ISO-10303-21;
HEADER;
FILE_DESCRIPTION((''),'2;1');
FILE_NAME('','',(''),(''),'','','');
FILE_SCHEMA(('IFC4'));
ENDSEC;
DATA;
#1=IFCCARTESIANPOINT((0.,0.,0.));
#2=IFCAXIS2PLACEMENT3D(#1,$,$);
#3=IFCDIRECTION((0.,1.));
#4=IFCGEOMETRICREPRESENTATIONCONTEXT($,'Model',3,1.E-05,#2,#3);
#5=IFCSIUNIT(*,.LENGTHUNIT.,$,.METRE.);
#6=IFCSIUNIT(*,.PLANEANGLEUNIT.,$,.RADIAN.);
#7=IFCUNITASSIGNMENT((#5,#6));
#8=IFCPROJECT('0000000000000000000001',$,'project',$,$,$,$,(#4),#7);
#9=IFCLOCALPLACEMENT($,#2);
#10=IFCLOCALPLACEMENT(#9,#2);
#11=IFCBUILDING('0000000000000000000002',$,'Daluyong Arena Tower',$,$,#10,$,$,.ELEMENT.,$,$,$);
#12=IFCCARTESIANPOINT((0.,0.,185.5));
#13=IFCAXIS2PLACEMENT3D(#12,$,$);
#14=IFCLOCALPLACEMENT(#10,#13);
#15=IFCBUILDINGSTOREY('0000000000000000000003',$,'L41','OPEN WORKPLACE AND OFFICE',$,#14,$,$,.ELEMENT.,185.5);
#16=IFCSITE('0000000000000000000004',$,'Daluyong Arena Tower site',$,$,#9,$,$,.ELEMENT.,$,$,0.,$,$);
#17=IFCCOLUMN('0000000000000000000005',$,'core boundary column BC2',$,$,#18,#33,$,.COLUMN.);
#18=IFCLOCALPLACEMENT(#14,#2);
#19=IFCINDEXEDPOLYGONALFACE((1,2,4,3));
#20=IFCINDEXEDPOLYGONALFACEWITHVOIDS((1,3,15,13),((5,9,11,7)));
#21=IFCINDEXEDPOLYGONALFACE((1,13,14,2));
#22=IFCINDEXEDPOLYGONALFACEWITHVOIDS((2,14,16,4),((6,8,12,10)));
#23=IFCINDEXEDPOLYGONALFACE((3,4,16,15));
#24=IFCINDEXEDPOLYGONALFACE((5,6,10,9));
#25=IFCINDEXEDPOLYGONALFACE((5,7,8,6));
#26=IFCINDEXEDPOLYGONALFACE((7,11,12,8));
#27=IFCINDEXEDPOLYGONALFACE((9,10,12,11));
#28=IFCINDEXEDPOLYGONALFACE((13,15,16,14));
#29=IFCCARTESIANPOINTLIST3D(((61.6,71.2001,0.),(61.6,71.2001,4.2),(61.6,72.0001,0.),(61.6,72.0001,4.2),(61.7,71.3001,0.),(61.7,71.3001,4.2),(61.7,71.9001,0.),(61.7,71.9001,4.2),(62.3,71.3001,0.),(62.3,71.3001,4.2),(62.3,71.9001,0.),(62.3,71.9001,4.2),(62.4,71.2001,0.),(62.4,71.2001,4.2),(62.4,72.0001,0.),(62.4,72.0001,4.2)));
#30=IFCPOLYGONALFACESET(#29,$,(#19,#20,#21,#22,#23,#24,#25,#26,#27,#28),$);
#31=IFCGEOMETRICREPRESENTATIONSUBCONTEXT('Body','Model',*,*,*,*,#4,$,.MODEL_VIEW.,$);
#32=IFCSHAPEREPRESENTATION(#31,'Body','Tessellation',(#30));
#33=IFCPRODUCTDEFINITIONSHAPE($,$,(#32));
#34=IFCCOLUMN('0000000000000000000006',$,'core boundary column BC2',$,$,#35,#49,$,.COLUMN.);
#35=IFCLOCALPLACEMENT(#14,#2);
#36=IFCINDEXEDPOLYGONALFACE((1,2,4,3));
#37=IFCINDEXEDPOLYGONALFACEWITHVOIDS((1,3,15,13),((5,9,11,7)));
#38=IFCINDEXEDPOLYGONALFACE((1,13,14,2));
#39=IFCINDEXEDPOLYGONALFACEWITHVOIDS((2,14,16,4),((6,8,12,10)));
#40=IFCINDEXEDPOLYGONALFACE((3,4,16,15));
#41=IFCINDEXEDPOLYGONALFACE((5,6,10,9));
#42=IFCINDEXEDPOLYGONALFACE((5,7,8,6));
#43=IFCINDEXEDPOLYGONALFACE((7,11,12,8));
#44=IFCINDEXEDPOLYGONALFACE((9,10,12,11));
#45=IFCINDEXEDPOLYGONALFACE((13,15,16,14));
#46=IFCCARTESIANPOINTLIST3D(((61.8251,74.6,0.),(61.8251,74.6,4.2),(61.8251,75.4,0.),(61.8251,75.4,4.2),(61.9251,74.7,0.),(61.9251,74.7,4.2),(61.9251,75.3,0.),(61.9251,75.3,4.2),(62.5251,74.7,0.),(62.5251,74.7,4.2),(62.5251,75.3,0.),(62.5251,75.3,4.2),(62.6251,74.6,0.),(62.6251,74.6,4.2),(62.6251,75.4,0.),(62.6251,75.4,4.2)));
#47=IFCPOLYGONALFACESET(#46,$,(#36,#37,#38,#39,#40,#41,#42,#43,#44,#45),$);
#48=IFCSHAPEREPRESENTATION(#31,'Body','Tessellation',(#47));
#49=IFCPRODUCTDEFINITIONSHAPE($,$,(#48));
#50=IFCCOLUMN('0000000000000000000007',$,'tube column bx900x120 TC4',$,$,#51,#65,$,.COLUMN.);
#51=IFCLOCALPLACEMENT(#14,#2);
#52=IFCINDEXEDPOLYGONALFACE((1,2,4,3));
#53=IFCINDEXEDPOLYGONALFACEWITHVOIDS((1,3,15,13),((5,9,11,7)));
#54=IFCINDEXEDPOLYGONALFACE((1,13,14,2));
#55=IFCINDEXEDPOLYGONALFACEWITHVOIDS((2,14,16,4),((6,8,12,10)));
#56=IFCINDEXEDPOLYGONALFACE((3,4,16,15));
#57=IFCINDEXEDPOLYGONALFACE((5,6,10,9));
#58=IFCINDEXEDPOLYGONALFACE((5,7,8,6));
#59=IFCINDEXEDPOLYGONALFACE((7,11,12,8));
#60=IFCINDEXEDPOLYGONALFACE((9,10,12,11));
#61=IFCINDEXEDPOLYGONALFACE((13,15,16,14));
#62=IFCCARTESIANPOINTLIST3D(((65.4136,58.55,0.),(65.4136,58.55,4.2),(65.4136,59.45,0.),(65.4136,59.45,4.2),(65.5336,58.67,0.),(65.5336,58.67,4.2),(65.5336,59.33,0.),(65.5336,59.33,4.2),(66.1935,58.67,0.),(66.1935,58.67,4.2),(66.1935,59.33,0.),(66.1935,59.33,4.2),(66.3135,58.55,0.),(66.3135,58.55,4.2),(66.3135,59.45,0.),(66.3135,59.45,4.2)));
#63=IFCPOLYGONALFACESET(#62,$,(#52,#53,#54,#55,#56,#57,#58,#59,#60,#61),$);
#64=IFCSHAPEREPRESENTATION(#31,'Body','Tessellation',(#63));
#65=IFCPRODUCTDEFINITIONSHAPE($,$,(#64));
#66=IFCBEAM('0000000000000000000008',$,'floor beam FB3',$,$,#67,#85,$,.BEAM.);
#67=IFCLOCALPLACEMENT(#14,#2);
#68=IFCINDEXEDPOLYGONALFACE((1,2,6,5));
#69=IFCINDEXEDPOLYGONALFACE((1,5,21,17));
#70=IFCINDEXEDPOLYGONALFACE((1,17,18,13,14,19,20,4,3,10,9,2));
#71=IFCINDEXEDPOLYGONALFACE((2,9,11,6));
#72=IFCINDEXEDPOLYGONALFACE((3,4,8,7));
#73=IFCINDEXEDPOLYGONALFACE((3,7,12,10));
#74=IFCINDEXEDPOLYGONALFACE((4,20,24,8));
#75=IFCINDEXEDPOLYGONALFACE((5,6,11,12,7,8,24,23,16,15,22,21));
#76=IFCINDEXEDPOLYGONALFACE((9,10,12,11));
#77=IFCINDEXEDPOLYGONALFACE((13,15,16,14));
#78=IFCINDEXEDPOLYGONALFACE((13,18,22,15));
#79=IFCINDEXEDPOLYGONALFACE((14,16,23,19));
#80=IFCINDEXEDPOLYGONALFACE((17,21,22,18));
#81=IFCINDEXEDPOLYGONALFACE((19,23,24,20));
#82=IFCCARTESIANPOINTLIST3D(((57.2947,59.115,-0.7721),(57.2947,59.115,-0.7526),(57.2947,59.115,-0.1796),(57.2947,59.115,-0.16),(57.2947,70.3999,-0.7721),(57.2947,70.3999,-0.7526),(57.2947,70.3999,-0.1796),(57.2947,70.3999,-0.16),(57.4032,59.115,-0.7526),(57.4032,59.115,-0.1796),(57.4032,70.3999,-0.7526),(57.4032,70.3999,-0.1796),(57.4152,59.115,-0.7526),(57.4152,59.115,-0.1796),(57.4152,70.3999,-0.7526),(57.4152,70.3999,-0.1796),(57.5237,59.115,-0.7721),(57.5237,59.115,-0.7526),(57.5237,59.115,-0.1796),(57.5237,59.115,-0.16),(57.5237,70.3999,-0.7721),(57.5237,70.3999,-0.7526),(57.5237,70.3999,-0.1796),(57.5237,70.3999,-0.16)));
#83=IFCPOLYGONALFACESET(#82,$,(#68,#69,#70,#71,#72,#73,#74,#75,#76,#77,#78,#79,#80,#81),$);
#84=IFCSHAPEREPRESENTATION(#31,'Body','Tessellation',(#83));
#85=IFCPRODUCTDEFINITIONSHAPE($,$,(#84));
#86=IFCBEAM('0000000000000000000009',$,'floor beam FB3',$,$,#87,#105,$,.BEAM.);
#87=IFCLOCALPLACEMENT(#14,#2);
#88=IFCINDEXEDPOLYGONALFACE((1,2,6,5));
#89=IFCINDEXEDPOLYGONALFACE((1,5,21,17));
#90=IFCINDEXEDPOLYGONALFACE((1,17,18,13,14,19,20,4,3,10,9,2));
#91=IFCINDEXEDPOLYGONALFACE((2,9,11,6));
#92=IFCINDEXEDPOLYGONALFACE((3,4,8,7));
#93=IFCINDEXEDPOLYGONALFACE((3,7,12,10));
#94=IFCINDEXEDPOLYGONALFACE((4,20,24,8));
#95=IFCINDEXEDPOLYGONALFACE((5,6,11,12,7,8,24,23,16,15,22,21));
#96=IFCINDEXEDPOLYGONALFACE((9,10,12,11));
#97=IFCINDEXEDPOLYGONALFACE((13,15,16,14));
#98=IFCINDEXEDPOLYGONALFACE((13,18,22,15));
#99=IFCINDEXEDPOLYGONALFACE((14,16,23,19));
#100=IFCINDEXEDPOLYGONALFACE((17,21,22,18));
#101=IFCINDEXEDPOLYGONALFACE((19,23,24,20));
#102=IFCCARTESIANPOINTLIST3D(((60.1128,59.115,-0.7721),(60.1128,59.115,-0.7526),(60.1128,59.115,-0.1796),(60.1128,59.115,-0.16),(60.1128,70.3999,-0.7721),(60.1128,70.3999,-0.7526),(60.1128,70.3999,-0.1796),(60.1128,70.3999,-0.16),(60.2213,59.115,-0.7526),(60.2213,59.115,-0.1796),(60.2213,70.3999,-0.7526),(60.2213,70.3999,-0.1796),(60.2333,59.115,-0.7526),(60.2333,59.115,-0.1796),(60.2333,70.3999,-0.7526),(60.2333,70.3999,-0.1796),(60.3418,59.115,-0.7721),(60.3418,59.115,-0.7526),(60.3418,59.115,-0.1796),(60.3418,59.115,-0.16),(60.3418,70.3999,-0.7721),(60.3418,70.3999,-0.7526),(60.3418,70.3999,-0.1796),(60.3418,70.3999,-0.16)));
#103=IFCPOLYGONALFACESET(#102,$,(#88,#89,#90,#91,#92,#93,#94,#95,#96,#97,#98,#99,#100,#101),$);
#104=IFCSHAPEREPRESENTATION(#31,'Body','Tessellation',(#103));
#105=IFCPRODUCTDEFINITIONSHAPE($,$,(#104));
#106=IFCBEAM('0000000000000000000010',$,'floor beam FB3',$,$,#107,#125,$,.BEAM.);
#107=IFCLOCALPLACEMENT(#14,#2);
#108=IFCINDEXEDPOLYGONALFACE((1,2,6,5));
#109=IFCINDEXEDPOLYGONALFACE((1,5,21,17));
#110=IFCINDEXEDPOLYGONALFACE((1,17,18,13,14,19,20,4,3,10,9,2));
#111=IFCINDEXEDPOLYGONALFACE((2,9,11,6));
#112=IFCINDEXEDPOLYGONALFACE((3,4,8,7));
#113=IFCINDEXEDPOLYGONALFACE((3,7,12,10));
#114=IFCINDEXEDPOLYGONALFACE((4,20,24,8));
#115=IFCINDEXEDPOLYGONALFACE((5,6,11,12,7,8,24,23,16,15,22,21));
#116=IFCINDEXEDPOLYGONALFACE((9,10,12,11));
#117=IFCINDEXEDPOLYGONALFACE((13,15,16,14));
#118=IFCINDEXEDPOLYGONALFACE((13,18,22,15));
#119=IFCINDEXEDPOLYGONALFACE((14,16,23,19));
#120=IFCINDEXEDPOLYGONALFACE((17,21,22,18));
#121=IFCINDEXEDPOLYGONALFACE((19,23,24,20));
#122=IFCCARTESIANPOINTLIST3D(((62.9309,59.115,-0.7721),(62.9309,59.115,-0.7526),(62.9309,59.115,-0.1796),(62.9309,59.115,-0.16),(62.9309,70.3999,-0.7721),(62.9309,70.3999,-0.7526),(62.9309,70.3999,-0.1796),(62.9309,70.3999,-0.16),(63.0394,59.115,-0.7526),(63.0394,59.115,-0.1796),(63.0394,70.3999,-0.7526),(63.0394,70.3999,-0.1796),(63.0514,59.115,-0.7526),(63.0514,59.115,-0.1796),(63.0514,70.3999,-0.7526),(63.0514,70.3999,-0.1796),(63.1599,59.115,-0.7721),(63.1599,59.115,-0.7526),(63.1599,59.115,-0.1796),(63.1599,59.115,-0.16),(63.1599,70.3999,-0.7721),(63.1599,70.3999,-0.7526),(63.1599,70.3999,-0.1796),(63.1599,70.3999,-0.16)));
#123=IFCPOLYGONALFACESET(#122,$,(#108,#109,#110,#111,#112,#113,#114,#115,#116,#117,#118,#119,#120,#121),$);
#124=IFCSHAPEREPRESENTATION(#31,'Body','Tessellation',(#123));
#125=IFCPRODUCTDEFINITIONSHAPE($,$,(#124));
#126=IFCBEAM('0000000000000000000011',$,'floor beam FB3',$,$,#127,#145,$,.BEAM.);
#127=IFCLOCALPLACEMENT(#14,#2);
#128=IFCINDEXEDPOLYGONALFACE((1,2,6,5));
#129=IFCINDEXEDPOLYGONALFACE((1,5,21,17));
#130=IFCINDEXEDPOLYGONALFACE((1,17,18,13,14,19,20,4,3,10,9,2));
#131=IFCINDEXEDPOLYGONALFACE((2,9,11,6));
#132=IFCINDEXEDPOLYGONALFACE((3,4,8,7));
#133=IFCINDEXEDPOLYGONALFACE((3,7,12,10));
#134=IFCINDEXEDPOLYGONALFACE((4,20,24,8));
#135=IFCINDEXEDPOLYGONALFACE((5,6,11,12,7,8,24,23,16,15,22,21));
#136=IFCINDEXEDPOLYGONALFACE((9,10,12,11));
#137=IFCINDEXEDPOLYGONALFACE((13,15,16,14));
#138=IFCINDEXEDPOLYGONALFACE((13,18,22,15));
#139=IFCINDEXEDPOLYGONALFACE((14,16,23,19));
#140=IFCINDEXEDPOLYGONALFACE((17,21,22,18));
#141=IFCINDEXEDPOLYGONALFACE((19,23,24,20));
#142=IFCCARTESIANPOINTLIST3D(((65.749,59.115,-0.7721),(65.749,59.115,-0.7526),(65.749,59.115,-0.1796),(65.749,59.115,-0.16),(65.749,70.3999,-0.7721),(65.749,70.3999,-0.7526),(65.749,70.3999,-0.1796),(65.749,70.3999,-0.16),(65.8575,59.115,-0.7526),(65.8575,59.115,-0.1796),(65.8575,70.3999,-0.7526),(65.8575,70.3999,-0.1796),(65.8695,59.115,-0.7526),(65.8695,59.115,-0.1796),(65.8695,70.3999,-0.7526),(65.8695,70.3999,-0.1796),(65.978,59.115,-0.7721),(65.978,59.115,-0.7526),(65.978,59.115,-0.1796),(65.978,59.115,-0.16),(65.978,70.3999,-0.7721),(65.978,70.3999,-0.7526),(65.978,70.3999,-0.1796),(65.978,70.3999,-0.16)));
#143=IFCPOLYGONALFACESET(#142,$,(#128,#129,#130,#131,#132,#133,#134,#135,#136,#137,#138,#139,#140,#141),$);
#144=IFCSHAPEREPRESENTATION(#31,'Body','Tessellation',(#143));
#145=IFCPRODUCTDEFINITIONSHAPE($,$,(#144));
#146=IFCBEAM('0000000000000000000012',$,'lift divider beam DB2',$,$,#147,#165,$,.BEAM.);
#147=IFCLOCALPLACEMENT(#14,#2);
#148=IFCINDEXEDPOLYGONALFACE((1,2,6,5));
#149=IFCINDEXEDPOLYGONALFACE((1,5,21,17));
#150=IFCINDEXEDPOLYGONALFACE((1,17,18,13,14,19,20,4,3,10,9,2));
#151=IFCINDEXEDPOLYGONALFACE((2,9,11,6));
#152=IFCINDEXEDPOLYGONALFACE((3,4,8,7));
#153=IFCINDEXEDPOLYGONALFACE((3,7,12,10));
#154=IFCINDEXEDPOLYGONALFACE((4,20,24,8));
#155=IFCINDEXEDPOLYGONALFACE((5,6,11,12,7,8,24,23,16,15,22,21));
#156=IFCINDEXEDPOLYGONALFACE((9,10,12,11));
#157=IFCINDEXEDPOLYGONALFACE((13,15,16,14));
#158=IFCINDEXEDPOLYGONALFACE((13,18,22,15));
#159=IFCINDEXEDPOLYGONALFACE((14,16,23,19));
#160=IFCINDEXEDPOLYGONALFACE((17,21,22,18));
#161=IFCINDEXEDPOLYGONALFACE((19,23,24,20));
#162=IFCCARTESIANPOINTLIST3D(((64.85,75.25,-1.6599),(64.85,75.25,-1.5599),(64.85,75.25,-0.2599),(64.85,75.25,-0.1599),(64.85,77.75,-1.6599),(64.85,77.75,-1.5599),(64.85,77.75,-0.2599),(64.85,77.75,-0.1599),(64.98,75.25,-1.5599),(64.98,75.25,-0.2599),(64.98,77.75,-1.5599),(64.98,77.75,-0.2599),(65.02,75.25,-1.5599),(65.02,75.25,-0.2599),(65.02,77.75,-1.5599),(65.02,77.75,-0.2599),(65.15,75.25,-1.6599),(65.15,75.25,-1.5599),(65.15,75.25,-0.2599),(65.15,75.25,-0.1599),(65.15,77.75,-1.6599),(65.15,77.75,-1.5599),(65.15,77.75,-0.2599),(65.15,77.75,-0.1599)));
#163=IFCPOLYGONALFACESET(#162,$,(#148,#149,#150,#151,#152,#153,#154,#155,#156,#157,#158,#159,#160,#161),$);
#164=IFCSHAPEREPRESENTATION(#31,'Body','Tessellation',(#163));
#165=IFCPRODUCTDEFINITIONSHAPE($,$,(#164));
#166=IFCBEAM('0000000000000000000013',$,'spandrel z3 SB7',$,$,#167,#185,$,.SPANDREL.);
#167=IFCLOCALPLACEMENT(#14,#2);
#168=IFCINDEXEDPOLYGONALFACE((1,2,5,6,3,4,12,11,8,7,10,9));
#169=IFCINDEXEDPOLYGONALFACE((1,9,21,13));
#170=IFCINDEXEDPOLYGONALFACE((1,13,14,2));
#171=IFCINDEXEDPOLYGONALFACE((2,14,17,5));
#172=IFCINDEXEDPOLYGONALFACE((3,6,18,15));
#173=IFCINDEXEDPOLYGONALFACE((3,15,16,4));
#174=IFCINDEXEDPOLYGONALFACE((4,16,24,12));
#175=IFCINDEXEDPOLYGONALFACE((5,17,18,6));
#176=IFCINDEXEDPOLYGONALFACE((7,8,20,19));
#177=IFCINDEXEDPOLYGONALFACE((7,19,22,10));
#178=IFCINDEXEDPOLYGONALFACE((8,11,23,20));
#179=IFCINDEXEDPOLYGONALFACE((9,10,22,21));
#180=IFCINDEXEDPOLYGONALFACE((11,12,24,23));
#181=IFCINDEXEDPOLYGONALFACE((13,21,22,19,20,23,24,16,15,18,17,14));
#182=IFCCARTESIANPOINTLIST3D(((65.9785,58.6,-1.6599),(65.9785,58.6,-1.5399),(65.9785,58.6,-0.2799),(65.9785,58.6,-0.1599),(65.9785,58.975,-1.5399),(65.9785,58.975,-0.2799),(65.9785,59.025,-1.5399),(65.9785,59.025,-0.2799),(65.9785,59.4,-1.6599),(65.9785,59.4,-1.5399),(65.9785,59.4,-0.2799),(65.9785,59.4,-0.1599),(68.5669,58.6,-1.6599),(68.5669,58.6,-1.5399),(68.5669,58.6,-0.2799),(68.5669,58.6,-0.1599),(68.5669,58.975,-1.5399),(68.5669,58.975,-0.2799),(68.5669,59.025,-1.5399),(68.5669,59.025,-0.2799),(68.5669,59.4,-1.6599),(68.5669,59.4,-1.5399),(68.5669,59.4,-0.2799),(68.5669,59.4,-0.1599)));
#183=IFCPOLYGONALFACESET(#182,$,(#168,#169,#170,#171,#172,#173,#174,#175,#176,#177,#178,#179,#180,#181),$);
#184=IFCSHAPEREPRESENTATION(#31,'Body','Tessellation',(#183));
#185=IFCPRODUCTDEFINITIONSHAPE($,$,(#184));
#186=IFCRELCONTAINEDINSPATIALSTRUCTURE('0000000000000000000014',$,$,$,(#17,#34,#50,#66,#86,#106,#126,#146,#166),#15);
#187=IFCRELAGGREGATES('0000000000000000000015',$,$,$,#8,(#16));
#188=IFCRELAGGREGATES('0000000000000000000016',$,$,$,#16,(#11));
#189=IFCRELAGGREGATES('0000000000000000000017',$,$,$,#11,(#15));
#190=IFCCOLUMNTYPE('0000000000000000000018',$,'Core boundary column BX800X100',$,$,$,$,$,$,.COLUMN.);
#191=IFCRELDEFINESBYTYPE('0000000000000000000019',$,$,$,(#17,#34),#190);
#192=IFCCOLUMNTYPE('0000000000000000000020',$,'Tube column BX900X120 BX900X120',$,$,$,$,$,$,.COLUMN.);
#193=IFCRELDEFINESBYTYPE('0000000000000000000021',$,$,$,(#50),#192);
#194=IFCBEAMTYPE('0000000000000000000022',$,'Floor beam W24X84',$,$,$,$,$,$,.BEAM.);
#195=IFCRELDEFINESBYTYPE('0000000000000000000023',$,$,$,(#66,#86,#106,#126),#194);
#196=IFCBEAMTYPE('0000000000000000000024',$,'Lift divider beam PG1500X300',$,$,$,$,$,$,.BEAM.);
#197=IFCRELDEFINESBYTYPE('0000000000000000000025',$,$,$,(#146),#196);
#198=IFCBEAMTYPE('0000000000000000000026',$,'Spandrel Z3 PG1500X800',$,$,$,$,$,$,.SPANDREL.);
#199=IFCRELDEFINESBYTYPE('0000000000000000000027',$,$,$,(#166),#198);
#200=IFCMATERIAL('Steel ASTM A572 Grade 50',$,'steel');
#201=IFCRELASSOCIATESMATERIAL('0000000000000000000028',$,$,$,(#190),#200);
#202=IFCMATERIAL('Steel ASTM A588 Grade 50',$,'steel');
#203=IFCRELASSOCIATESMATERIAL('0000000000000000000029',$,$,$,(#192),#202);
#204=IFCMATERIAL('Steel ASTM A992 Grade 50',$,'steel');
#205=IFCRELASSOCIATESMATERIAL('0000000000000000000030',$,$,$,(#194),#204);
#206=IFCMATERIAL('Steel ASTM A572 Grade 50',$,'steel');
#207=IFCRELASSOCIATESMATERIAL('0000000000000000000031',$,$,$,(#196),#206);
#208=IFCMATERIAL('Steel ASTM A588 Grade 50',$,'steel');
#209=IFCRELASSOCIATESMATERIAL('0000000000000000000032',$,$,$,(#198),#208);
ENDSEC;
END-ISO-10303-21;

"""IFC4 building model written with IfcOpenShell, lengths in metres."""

from ifc_helpers import new_model, si_unit, direction, frame, origin, origin_2d, place, context, subcontext, project, spatial, hollow_rectangle, i_section, extrude, material, material_profile, profile_set, type_object, element, save


model = new_model("IFC4")

# Units and contexts
model_context = context("Model", 3, precision=1e-05, world=origin(), true_north=direction((0.0, 1.0)))
body_context = subcontext(model_context, "Body", "Model", "MODEL_VIEW")
ifc_project = project(units=[si_unit("LENGTHUNIT", "METRE"), si_unit("PLANEANGLEUNIT", "RADIAN")], contexts=[model_context])

# Site, building, storey
site_placement = place(None, origin())
site = spatial("IfcSite", under=ifc_project, at=site_placement, Name="Daluyong Arena Tower site", CompositionType="ELEMENT", RefElevation=0.0)
building_placement = place(site_placement, origin())
building = spatial("IfcBuilding", under=site, at=building_placement, Name="Daluyong Arena Tower", CompositionType="ELEMENT")
storey_placement = place(building_placement, frame((0.0, 0.0, 185.5)))
storey = spatial("IfcBuildingStorey", under=building, at=storey_placement, Name="L41", Description="OPEN WORKPLACE AND OFFICE", CompositionType="ELEMENT", Elevation=185.5)

# Columns
ifc_material_1 = material(Name="Steel ASTM A572 Grade 50", Category="steel")
ifc_material_profile_1 = material_profile(ifc_material_1, hollow_rectangle(XDim=0.8, YDim=0.8, WallThickness=0.1, at=origin_2d()))
ifc_profile_set_1 = profile_set([ifc_material_profile_1], Name="Steel ASTM A572 Grade 50")
column_type_1 = type_object("IfcColumnType", Name="Core boundary column BX800X100", PredefinedType="COLUMN", material=ifc_profile_set_1)
for number, where, z_axis, x_axis, name in (
    (1, (62.0, 71.6001, 0.0), (0.0, 0.0, 1.0), (1.0, 0.0, 0.0), "core boundary column BC2"),
    (2, (62.2251, 75.0, 0.0), (0.0, 0.0, 1.0), (1.0, 0.0, 0.0), "core boundary column BC2"),
):
    element("IfcColumn", number, at=place(storey_placement, frame(where, z_axis=z_axis, x_axis=x_axis)), inside=storey, type_object=column_type_1, Name=name, PredefinedType="COLUMN", context=body_context, shape_type="SweptSolid", body=[
        extrude(hollow_rectangle(XDim=0.8, YDim=0.8, WallThickness=0.1, at=origin_2d()), origin(), (0.0, 0.0, 1.0), 4.2),
    ])
ifc_material_2 = material(Name="Steel ASTM A588 Grade 50", Category="steel")
ifc_material_profile_2 = material_profile(ifc_material_2, hollow_rectangle(XDim=0.8999, YDim=0.8999, WallThickness=0.12, at=origin_2d()))
ifc_profile_set_2 = profile_set([ifc_material_profile_2], Name="Steel ASTM A588 Grade 50")
column_type_2 = type_object("IfcColumnType", Name="Tube column BX900X120 BX900X120", PredefinedType="COLUMN", material=ifc_profile_set_2)
column_placement = place(storey_placement, frame((65.8635, 59.0, 0.0), z_axis=(0.0, 0.0, 1.0), x_axis=(1.0, 0.0, 0.0)))
element("IfcColumn", 3, at=column_placement, inside=storey, type_object=column_type_2, Name="tube column bx900x120 TC4", PredefinedType="COLUMN", context=body_context, shape_type="SweptSolid", body=[
    extrude(hollow_rectangle(XDim=0.8999, YDim=0.8999, WallThickness=0.12, at=origin_2d()), origin(), (0.0, 0.0, 1.0), 4.2),
])

# Beams
ifc_material_3 = material(Name="Steel ASTM A992 Grade 50", Category="steel")
ifc_material_profile_3 = material_profile(ifc_material_3, i_section(OverallWidth=0.229, OverallDepth=0.6121, WebThickness=0.012, FlangeThickness=0.0195, at=origin_2d()))
ifc_profile_set_3 = profile_set([ifc_material_profile_3], Name="Steel ASTM A992 Grade 50")
beam_type_1 = type_object("IfcBeamType", Name="Floor beam W24X84", PredefinedType="BEAM", material=ifc_profile_set_3)
for number, where, z_axis, x_axis, name in (
    (4, (57.4092, 59.115, -0.4661), (0.0, 1.0, 0.0), (-1.0, 0.0, 0.0), "floor beam FB3"),
    (5, (60.2273, 59.115, -0.4661), (0.0, 1.0, 0.0), (-1.0, 0.0, 0.0), "floor beam FB3"),
    (6, (63.0454, 59.115, -0.4661), (0.0, 1.0, 0.0), (-1.0, 0.0, 0.0), "floor beam FB3"),
    (7, (65.8635, 59.115, -0.4661), (0.0, 1.0, 0.0), (-1.0, 0.0, 0.0), "floor beam FB3"),
):
    element("IfcBeam", number, at=place(storey_placement, frame(where, z_axis=z_axis, x_axis=x_axis)), inside=storey, type_object=beam_type_1, Name=name, PredefinedType="BEAM", context=body_context, shape_type="SweptSolid", body=[
        extrude(i_section(OverallWidth=0.229, OverallDepth=0.6121, WebThickness=0.012, FlangeThickness=0.0195, at=origin_2d()), origin(), (0.0, 0.0, 1.0), 11.2849),
    ])
ifc_material_4 = material(Name="Steel ASTM A572 Grade 50", Category="steel")
ifc_material_profile_4 = material_profile(ifc_material_4, i_section(OverallWidth=0.3, OverallDepth=1.5, WebThickness=0.04, FlangeThickness=0.1, at=origin_2d()))
ifc_profile_set_4 = profile_set([ifc_material_profile_4], Name="Steel ASTM A572 Grade 50")
beam_type_2 = type_object("IfcBeamType", Name="Lift divider beam PG1500X300", PredefinedType="BEAM", material=ifc_profile_set_4)
beam_1_placement = place(storey_placement, frame((65.0, 75.25, -0.9099), z_axis=(0.0, 1.0, 0.0), x_axis=(-1.0, 0.0, 0.0)))
element("IfcBeam", 8, at=beam_1_placement, inside=storey, type_object=beam_type_2, Name="lift divider beam DB2", PredefinedType="BEAM", context=body_context, shape_type="SweptSolid", body=[
    extrude(i_section(OverallWidth=0.3, OverallDepth=1.5, WebThickness=0.04, FlangeThickness=0.1, at=origin_2d()), origin(), (0.0, 0.0, 1.0), 2.5),
])
ifc_material_5 = material(Name="Steel ASTM A588 Grade 50", Category="steel")
ifc_material_profile_5 = material_profile(ifc_material_5, i_section(OverallWidth=0.8, OverallDepth=1.5, WebThickness=0.05, FlangeThickness=0.12, at=origin_2d()))
ifc_profile_set_5 = profile_set([ifc_material_profile_5], Name="Steel ASTM A588 Grade 50")
beam_type_3 = type_object("IfcBeamType", Name="Spandrel Z3 PG1500X800", PredefinedType="SPANDREL", material=ifc_profile_set_5)
beam_2_placement = place(storey_placement, frame((65.9785, 59.0, -0.9099), z_axis=(1.0, 0.0, 0.0), x_axis=(0.0, 1.0, 0.0)))
element("IfcBeam", 9, at=beam_2_placement, inside=storey, type_object=beam_type_3, Name="spandrel z3 SB7", PredefinedType="SPANDREL", context=body_context, shape_type="SweptSolid", body=[
    extrude(i_section(OverallWidth=0.8, OverallDepth=1.5, WebThickness=0.05, FlangeThickness=0.12, at=origin_2d()), origin(), (0.0, 0.0, 1.0), 2.5884),
])

save(model, "model.ifc")
